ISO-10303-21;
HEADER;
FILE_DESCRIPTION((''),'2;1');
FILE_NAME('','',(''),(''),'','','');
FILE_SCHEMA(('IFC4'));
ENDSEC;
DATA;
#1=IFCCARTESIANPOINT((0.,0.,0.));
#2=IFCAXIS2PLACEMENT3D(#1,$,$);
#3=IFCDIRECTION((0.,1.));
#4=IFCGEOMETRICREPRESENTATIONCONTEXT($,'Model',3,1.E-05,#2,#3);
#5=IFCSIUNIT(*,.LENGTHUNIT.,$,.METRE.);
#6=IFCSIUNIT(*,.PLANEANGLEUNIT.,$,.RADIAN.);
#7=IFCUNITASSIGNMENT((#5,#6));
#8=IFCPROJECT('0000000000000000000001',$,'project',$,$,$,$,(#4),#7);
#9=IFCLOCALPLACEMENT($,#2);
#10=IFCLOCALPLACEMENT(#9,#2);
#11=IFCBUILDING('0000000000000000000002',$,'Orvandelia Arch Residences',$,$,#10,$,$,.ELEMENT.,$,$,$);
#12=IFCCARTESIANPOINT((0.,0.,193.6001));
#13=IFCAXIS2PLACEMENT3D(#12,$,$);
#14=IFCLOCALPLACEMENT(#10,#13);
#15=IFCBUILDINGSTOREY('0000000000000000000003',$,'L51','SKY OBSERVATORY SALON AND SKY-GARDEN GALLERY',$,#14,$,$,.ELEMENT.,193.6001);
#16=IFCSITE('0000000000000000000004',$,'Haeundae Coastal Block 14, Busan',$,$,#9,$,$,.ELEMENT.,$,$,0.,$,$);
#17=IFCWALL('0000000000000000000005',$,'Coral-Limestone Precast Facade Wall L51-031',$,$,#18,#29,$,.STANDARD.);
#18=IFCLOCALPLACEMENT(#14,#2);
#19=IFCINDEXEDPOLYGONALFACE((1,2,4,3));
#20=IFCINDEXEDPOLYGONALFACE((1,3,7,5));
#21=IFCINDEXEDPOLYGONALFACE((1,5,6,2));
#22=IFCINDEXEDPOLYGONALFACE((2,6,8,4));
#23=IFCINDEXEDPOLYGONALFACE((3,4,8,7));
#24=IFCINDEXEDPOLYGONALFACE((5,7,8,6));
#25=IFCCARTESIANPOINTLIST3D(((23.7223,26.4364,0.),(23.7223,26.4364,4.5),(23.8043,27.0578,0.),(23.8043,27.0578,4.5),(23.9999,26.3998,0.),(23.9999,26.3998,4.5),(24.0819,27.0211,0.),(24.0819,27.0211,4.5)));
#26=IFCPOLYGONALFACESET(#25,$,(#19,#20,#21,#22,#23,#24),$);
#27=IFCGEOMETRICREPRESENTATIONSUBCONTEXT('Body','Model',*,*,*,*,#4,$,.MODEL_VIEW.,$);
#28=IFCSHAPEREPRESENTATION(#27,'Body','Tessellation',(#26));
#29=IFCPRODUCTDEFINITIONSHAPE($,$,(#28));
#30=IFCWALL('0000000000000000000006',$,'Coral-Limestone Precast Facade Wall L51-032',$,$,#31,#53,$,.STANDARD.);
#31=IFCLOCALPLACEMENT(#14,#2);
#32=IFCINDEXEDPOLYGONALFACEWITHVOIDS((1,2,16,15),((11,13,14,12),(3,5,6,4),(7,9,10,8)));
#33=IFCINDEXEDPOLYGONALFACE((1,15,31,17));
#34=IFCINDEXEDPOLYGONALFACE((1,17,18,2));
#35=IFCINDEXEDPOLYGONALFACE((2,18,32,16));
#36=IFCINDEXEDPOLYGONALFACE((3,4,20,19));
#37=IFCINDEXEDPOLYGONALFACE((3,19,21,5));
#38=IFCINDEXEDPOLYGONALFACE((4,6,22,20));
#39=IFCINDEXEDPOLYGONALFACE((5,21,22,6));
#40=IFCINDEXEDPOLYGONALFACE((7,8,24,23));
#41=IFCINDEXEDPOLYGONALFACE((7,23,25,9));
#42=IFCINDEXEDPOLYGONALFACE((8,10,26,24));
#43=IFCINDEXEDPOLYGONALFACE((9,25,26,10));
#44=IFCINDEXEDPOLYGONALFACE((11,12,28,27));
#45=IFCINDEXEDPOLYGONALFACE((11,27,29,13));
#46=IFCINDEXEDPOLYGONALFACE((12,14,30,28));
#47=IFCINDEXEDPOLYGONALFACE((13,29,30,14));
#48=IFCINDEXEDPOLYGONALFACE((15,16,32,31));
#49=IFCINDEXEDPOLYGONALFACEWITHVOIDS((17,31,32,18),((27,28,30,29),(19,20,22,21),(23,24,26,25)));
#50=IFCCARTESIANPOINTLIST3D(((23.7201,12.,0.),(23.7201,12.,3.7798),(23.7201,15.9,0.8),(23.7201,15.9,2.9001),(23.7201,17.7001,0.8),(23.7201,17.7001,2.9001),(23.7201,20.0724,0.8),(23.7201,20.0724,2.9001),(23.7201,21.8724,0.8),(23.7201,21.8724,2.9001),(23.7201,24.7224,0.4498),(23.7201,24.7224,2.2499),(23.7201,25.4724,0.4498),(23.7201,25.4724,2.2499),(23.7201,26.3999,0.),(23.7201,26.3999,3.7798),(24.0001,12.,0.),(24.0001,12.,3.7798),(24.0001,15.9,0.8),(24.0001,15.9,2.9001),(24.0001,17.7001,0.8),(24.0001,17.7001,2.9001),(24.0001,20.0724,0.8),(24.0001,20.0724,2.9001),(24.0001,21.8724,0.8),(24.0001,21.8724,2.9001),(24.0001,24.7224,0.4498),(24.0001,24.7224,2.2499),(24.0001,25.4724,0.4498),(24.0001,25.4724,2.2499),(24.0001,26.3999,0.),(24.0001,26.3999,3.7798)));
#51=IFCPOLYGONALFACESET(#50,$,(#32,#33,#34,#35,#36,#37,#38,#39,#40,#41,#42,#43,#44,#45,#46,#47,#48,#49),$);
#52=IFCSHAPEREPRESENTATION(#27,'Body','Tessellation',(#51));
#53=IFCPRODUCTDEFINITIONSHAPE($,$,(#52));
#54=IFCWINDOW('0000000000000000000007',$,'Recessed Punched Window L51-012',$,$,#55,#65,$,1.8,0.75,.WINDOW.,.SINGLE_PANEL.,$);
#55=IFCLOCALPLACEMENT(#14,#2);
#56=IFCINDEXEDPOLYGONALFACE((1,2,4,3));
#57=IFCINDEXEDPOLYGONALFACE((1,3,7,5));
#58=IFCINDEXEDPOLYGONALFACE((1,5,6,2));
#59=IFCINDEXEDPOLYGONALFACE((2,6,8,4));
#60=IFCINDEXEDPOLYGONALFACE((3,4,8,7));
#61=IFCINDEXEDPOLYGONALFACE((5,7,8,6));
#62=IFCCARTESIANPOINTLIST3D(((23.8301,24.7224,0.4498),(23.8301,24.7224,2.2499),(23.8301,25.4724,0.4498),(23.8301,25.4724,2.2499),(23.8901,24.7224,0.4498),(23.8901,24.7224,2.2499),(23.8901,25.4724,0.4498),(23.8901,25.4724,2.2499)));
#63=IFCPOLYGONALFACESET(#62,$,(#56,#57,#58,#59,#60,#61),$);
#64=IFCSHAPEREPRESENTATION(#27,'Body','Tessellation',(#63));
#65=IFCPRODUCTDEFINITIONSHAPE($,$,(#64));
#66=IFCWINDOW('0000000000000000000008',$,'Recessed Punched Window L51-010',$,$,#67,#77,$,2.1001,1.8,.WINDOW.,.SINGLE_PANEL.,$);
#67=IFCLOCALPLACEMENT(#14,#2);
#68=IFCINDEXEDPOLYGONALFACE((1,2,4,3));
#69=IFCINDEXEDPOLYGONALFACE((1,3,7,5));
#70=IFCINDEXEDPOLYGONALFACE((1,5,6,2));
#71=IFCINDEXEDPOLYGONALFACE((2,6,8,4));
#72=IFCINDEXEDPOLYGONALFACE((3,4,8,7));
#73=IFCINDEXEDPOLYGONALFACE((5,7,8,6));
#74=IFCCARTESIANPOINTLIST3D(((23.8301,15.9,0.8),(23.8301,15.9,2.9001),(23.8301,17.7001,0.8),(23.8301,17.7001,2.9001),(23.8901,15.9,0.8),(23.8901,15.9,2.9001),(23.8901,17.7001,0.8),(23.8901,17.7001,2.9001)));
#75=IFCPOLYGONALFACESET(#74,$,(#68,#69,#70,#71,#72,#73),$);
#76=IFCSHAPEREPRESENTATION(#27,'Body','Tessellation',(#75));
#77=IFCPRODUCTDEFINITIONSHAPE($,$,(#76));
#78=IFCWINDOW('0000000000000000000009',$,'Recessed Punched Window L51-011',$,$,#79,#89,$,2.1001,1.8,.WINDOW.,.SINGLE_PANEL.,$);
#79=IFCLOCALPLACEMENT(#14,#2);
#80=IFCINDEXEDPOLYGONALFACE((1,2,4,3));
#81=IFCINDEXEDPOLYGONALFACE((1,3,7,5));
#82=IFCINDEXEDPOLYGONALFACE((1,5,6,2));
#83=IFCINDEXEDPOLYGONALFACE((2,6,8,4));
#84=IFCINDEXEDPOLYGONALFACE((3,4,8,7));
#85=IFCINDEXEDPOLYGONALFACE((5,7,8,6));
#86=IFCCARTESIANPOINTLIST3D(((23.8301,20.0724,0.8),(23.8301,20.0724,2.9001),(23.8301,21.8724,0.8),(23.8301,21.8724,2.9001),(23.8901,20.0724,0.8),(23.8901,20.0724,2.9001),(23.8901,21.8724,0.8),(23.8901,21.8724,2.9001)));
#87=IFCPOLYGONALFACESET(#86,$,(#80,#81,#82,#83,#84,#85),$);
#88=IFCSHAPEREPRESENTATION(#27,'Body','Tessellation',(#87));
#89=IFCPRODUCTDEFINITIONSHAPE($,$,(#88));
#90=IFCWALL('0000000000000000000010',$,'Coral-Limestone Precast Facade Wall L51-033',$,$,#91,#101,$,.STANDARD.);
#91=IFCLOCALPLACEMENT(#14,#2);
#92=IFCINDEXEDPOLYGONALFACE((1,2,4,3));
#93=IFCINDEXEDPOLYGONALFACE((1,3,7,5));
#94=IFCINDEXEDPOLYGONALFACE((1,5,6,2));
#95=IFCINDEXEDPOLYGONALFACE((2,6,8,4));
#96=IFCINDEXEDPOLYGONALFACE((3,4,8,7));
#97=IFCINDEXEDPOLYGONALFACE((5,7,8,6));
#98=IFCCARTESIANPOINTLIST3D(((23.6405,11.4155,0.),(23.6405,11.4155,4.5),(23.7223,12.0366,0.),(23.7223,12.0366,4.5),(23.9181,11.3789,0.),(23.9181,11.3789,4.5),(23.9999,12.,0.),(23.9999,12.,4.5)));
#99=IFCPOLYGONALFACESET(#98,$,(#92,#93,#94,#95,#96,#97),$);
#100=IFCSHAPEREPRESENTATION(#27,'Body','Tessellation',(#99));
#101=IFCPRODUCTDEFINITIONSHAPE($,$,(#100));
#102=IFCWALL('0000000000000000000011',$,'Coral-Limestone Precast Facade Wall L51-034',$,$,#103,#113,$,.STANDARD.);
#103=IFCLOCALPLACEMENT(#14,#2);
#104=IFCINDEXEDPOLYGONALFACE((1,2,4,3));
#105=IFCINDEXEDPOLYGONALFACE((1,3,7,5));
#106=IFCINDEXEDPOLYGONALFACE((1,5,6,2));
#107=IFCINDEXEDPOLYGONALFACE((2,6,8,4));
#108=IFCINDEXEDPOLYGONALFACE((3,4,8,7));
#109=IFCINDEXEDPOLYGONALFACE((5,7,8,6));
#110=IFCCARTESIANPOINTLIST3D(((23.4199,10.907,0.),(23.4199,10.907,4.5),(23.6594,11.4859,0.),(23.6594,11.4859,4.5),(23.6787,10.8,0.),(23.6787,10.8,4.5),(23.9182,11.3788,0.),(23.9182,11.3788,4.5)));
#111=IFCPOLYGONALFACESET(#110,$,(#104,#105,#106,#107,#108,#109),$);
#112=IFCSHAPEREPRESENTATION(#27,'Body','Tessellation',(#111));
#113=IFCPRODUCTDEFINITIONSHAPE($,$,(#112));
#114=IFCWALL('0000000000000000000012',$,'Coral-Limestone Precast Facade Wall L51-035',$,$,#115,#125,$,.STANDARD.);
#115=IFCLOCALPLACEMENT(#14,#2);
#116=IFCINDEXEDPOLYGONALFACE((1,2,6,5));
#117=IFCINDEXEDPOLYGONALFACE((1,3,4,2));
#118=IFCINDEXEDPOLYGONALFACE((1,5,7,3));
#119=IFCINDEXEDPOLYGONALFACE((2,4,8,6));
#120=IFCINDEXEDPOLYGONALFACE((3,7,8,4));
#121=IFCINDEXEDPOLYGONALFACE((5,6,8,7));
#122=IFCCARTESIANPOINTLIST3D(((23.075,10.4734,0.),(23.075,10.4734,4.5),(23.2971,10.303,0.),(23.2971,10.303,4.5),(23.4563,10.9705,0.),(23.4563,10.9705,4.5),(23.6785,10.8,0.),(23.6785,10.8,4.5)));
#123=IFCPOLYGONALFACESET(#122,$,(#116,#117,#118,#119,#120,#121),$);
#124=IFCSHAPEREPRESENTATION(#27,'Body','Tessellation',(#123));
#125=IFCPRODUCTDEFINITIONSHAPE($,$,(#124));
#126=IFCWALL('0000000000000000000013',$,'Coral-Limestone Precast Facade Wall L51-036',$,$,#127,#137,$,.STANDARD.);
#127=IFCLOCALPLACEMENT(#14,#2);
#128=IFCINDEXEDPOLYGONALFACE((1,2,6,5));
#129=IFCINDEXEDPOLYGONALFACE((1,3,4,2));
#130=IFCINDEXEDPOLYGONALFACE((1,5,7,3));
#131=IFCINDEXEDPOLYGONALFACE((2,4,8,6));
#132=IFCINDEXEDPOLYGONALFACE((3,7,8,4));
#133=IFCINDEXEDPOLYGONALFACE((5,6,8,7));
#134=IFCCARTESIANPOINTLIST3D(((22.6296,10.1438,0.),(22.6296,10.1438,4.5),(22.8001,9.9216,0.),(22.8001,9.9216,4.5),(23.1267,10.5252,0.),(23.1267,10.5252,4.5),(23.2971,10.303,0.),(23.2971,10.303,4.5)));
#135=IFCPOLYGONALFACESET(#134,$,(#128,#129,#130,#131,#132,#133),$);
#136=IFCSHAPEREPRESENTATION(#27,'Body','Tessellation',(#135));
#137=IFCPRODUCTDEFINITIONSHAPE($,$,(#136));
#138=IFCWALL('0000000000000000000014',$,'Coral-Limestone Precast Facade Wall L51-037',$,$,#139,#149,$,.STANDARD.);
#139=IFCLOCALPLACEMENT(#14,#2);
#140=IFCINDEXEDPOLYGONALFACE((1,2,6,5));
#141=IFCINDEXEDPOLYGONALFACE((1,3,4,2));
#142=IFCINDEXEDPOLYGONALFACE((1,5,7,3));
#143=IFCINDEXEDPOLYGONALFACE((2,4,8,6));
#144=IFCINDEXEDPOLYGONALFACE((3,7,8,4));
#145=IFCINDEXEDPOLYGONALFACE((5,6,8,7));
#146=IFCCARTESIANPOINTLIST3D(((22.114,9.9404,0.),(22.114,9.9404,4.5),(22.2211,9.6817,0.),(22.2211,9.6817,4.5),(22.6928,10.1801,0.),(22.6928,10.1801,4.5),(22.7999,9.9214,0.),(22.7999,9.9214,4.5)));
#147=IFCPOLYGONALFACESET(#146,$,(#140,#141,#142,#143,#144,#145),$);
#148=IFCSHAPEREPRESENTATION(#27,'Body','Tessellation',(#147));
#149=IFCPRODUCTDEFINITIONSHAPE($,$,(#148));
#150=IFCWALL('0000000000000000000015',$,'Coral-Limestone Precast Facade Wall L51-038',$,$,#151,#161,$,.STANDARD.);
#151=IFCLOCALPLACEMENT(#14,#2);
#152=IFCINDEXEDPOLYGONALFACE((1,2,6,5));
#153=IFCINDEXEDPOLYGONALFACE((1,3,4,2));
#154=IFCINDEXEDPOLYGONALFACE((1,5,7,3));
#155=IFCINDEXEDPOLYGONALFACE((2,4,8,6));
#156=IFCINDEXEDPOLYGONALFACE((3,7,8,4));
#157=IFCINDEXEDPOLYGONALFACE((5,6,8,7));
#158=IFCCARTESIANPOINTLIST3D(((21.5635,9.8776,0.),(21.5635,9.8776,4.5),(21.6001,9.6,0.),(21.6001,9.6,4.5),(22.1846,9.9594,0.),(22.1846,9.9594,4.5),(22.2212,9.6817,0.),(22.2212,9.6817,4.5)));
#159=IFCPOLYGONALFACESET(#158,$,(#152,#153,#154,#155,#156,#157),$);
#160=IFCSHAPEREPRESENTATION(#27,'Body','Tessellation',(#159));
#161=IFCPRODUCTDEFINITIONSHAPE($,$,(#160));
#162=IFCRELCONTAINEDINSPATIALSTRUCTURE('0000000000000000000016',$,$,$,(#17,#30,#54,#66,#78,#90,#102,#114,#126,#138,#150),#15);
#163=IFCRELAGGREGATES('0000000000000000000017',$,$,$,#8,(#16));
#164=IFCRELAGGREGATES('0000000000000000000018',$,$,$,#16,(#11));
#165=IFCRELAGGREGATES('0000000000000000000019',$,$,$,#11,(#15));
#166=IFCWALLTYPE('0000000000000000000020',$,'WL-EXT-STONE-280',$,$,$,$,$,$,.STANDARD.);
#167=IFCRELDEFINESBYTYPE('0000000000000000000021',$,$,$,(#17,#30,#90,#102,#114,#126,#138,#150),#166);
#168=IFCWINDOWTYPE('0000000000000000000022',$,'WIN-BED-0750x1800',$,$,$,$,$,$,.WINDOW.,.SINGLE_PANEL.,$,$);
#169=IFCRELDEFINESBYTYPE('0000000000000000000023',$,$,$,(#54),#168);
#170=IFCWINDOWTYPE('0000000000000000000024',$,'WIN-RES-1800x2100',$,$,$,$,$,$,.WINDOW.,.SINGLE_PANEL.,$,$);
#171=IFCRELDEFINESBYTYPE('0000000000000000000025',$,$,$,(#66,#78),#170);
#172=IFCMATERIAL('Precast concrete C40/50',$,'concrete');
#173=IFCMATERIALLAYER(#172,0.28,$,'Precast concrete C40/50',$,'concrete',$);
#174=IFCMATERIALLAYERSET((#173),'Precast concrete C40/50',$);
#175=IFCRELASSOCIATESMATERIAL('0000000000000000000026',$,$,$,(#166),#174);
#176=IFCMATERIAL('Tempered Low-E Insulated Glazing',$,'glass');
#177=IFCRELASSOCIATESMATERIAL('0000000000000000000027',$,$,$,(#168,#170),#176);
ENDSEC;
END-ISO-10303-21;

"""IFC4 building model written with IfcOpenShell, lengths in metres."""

from ifc_helpers import new_model, si_unit, direction, frame, frame_2d, origin, place, context, subcontext, project, spatial, rectangle, extrude, material, layer, layer_set, type_object, element, fill, save


model = new_model("IFC4")

# Units and contexts
model_context = context("Model", 3, precision=1e-05, world=origin(), true_north=direction((0.0, 1.0)))
body_context = subcontext(model_context, "Body", "Model", "MODEL_VIEW")
ifc_project = project(units=[si_unit("LENGTHUNIT", "METRE"), si_unit("PLANEANGLEUNIT", "RADIAN")], contexts=[model_context])

# Site, building, storey
site_placement = place(None, origin())
site = spatial("IfcSite", under=ifc_project, at=site_placement, Name="Haeundae Coastal Block 14, Busan", CompositionType="ELEMENT", RefElevation=0.0)
building_placement = place(site_placement, origin())
building = spatial("IfcBuilding", under=site, at=building_placement, Name="Orvandelia Arch Residences", CompositionType="ELEMENT")
storey_placement = place(building_placement, frame((0.0, 0.0, 193.6001)))
storey = spatial("IfcBuildingStorey", under=building, at=storey_placement, Name="L51", Description="SKY OBSERVATORY SALON AND SKY-GARDEN GALLERY", CompositionType="ELEMENT", Elevation=193.6001)

# Wall
ifc_material_1 = material(Name="Precast concrete C40/50", Category="concrete")
ifc_layer_1 = layer(ifc_material_1, 0.28, Name="Precast concrete C40/50", Category="concrete")
ifc_layer_set_1 = layer_set([ifc_layer_1], Name="Precast concrete C40/50")
wall_type_1 = type_object("IfcWallType", Name="WL-EXT-STONE-280", PredefinedType="STANDARD", material=ifc_layer_set_1)
wall_1_placement = place(storey_placement, frame((23.9431, 27.0396, 0.0), z_axis=(0.0, 0.0, 1.0), x_axis=(-0.130888, -0.991397, 0.0)))
element("IfcWall", 1, at=wall_1_placement, inside=storey, type_object=wall_type_1, Name="Coral-Limestone Precast Facade Wall L51-031", PredefinedType="STANDARD", context=body_context, shape_type="SweptSolid", body=[
    extrude(rectangle(XDim=0.6267, YDim=0.28, at=frame_2d((0.3135, 0.0))), origin(), (0.0, 0.0, 1.0), 4.5),
])

# Wall, openings, windows
wall_2_placement = place(storey_placement, frame((23.8601, 26.3999, 0.0), z_axis=(0.0, 0.0, 1.0), x_axis=(0.0, -1.0, 0.0)))
wall_2 = element("IfcWall", 2, at=wall_2_placement, inside=storey, type_object=wall_type_1, Name="Coral-Limestone Precast Facade Wall L51-032", PredefinedType="STANDARD", context=body_context, shape_type="SweptSolid", body=[
    extrude(rectangle(XDim=14.3999, YDim=0.28, at=frame_2d((7.2, 0.0))), origin(), (0.0, 0.0, 1.0), 3.7798),
])
opening_1_placement = place(wall_2_placement, frame((8.7, 0.0, 0.8)))
opening_1 = element("IfcOpeningElement", 3, at=opening_1_placement, cuts=wall_2, PredefinedType="OPENING", context=body_context, shape_type="SweptSolid", body=[
    extrude(rectangle(XDim=1.8, YDim=2.1001, at=frame_2d((0.8999, 1.05))), frame((0.0, 0.1499, 0.0), z_axis=(0.0, -1.0, 0.0), x_axis=(1.0, 0.0, 0.0)), (0.0, 0.0, 1.0), 0.3),
])
opening_2_placement = place(wall_2_placement, frame((4.5276, 0.0, 0.8)))
opening_2 = element("IfcOpeningElement", 4, at=opening_2_placement, cuts=wall_2, PredefinedType="OPENING", context=body_context, shape_type="SweptSolid", body=[
    extrude(rectangle(XDim=1.8, YDim=2.1001, at=frame_2d((0.8999, 1.05))), frame((0.0, 0.1499, 0.0), z_axis=(0.0, -1.0, 0.0), x_axis=(1.0, 0.0, 0.0)), (0.0, 0.0, 1.0), 0.3),
])
opening_3_placement = place(wall_2_placement, frame((0.9275, 0.0, 0.45)))
opening_3 = element("IfcOpeningElement", 5, at=opening_3_placement, cuts=wall_2, PredefinedType="OPENING", context=body_context, shape_type="SweptSolid", body=[
    extrude(rectangle(XDim=0.75, YDim=1.8, at=frame_2d((0.375, 0.8999))), frame((0.0, 0.1499, 0.0), z_axis=(0.0, -1.0, 0.0), x_axis=(1.0, 0.0, 0.0)), (0.0, 0.0, 1.0), 0.3),
])
ifc_material_2 = material(Name="Tempered Low-E Insulated Glazing", Category="glass")
window_type_1 = type_object("IfcWindowType", Name="WIN-BED-0750x1800", PartitioningType="SINGLE_PANEL", PredefinedType="WINDOW", material=ifc_material_2)
window_1_placement = place(opening_3_placement, origin())
window_1 = element("IfcWindow", 6, at=window_1_placement, inside=storey, type_object=window_type_1, Name="Recessed Punched Window L51-012", OverallHeight=1.8, OverallWidth=0.75, PartitioningType="SINGLE_PANEL", PredefinedType="WINDOW", context=body_context, shape_type="SweptSolid", body=[
    extrude(rectangle(XDim=0.75, YDim=1.8, at=frame_2d((0.375, 0.8999))), frame((0.0, 0.03, 0.0), z_axis=(0.0, -1.0, 0.0), x_axis=(1.0, 0.0, 0.0)), (0.0, 0.0, 1.0), 0.0601),
])
fill(opening_3, window_1)
window_type_2 = type_object("IfcWindowType", Name="WIN-RES-1800x2100", PartitioningType="SINGLE_PANEL", PredefinedType="WINDOW", material=ifc_material_2)
window_2_placement = place(opening_1_placement, origin())
window_2 = element("IfcWindow", 7, at=window_2_placement, inside=storey, type_object=window_type_2, Name="Recessed Punched Window L51-010", OverallHeight=2.1001, OverallWidth=1.8, PartitioningType="SINGLE_PANEL", PredefinedType="WINDOW", context=body_context, shape_type="SweptSolid", body=[
    extrude(rectangle(XDim=1.8, YDim=2.1001, at=frame_2d((0.8999, 1.05))), frame((0.0, 0.03, 0.0), z_axis=(0.0, -1.0, 0.0), x_axis=(1.0, 0.0, 0.0)), (0.0, 0.0, 1.0), 0.0601),
])
fill(opening_1, window_2)
window_3_placement = place(opening_2_placement, origin())
window_3 = element("IfcWindow", 8, at=window_3_placement, inside=storey, type_object=window_type_2, Name="Recessed Punched Window L51-011", OverallHeight=2.1001, OverallWidth=1.8, PartitioningType="SINGLE_PANEL", PredefinedType="WINDOW", context=body_context, shape_type="SweptSolid", body=[
    extrude(rectangle(XDim=1.8, YDim=2.1001, at=frame_2d((0.8999, 1.05))), frame((0.0, 0.03, 0.0), z_axis=(0.0, -1.0, 0.0), x_axis=(1.0, 0.0, 0.0)), (0.0, 0.0, 1.0), 0.0601),
])
fill(opening_2, window_3)

# Walls
for number, where, z_axis, x_axis, name in (
    (9, (23.8611, 12.0183, 0.0), (0.0, 0.0, 1.0), (-0.130555, -0.991441, 0.0), "Coral-Limestone Precast Facade Wall L51-033"),
    (10, (23.7888, 11.4324, 0.0), (0.0, 0.0, 1.0), (-0.382317, -0.924031, 0.0), "Coral-Limestone Precast Facade Wall L51-034"),
    (11, (23.5674, 10.8853, 0.0), (0.0, 0.0, 1.0), (-0.608693, -0.793406, 0.0), "Coral-Limestone Precast Facade Wall L51-035"),
    (12, (23.2119, 10.4141, 0.0), (0.0, 0.0, 1.0), (-0.793406, -0.608693, 0.0), "Coral-Limestone Precast Facade Wall L51-036"),
    (13, (22.7463, 10.0508, 0.0), (0.0, 0.0, 1.0), (-0.923893, -0.38265, 0.0), "Coral-Limestone Precast Facade Wall L51-037"),
    (14, (22.2029, 9.8206, 0.0), (0.0, 0.0, 1.0), (-0.991441, -0.130555, 0.0), "Coral-Limestone Precast Facade Wall L51-038"),
):
    element("IfcWall", number, at=place(storey_placement, frame(where, z_axis=z_axis, x_axis=x_axis)), inside=storey, type_object=wall_type_1, Name=name, PredefinedType="STANDARD", context=body_context, shape_type="SweptSolid", body=[
        extrude(rectangle(XDim=0.6265, YDim=0.28, at=frame_2d((0.3132, 0.0))), origin(), (0.0, 0.0, 1.0), 4.5),
    ])

save(model, "model.ifc")
